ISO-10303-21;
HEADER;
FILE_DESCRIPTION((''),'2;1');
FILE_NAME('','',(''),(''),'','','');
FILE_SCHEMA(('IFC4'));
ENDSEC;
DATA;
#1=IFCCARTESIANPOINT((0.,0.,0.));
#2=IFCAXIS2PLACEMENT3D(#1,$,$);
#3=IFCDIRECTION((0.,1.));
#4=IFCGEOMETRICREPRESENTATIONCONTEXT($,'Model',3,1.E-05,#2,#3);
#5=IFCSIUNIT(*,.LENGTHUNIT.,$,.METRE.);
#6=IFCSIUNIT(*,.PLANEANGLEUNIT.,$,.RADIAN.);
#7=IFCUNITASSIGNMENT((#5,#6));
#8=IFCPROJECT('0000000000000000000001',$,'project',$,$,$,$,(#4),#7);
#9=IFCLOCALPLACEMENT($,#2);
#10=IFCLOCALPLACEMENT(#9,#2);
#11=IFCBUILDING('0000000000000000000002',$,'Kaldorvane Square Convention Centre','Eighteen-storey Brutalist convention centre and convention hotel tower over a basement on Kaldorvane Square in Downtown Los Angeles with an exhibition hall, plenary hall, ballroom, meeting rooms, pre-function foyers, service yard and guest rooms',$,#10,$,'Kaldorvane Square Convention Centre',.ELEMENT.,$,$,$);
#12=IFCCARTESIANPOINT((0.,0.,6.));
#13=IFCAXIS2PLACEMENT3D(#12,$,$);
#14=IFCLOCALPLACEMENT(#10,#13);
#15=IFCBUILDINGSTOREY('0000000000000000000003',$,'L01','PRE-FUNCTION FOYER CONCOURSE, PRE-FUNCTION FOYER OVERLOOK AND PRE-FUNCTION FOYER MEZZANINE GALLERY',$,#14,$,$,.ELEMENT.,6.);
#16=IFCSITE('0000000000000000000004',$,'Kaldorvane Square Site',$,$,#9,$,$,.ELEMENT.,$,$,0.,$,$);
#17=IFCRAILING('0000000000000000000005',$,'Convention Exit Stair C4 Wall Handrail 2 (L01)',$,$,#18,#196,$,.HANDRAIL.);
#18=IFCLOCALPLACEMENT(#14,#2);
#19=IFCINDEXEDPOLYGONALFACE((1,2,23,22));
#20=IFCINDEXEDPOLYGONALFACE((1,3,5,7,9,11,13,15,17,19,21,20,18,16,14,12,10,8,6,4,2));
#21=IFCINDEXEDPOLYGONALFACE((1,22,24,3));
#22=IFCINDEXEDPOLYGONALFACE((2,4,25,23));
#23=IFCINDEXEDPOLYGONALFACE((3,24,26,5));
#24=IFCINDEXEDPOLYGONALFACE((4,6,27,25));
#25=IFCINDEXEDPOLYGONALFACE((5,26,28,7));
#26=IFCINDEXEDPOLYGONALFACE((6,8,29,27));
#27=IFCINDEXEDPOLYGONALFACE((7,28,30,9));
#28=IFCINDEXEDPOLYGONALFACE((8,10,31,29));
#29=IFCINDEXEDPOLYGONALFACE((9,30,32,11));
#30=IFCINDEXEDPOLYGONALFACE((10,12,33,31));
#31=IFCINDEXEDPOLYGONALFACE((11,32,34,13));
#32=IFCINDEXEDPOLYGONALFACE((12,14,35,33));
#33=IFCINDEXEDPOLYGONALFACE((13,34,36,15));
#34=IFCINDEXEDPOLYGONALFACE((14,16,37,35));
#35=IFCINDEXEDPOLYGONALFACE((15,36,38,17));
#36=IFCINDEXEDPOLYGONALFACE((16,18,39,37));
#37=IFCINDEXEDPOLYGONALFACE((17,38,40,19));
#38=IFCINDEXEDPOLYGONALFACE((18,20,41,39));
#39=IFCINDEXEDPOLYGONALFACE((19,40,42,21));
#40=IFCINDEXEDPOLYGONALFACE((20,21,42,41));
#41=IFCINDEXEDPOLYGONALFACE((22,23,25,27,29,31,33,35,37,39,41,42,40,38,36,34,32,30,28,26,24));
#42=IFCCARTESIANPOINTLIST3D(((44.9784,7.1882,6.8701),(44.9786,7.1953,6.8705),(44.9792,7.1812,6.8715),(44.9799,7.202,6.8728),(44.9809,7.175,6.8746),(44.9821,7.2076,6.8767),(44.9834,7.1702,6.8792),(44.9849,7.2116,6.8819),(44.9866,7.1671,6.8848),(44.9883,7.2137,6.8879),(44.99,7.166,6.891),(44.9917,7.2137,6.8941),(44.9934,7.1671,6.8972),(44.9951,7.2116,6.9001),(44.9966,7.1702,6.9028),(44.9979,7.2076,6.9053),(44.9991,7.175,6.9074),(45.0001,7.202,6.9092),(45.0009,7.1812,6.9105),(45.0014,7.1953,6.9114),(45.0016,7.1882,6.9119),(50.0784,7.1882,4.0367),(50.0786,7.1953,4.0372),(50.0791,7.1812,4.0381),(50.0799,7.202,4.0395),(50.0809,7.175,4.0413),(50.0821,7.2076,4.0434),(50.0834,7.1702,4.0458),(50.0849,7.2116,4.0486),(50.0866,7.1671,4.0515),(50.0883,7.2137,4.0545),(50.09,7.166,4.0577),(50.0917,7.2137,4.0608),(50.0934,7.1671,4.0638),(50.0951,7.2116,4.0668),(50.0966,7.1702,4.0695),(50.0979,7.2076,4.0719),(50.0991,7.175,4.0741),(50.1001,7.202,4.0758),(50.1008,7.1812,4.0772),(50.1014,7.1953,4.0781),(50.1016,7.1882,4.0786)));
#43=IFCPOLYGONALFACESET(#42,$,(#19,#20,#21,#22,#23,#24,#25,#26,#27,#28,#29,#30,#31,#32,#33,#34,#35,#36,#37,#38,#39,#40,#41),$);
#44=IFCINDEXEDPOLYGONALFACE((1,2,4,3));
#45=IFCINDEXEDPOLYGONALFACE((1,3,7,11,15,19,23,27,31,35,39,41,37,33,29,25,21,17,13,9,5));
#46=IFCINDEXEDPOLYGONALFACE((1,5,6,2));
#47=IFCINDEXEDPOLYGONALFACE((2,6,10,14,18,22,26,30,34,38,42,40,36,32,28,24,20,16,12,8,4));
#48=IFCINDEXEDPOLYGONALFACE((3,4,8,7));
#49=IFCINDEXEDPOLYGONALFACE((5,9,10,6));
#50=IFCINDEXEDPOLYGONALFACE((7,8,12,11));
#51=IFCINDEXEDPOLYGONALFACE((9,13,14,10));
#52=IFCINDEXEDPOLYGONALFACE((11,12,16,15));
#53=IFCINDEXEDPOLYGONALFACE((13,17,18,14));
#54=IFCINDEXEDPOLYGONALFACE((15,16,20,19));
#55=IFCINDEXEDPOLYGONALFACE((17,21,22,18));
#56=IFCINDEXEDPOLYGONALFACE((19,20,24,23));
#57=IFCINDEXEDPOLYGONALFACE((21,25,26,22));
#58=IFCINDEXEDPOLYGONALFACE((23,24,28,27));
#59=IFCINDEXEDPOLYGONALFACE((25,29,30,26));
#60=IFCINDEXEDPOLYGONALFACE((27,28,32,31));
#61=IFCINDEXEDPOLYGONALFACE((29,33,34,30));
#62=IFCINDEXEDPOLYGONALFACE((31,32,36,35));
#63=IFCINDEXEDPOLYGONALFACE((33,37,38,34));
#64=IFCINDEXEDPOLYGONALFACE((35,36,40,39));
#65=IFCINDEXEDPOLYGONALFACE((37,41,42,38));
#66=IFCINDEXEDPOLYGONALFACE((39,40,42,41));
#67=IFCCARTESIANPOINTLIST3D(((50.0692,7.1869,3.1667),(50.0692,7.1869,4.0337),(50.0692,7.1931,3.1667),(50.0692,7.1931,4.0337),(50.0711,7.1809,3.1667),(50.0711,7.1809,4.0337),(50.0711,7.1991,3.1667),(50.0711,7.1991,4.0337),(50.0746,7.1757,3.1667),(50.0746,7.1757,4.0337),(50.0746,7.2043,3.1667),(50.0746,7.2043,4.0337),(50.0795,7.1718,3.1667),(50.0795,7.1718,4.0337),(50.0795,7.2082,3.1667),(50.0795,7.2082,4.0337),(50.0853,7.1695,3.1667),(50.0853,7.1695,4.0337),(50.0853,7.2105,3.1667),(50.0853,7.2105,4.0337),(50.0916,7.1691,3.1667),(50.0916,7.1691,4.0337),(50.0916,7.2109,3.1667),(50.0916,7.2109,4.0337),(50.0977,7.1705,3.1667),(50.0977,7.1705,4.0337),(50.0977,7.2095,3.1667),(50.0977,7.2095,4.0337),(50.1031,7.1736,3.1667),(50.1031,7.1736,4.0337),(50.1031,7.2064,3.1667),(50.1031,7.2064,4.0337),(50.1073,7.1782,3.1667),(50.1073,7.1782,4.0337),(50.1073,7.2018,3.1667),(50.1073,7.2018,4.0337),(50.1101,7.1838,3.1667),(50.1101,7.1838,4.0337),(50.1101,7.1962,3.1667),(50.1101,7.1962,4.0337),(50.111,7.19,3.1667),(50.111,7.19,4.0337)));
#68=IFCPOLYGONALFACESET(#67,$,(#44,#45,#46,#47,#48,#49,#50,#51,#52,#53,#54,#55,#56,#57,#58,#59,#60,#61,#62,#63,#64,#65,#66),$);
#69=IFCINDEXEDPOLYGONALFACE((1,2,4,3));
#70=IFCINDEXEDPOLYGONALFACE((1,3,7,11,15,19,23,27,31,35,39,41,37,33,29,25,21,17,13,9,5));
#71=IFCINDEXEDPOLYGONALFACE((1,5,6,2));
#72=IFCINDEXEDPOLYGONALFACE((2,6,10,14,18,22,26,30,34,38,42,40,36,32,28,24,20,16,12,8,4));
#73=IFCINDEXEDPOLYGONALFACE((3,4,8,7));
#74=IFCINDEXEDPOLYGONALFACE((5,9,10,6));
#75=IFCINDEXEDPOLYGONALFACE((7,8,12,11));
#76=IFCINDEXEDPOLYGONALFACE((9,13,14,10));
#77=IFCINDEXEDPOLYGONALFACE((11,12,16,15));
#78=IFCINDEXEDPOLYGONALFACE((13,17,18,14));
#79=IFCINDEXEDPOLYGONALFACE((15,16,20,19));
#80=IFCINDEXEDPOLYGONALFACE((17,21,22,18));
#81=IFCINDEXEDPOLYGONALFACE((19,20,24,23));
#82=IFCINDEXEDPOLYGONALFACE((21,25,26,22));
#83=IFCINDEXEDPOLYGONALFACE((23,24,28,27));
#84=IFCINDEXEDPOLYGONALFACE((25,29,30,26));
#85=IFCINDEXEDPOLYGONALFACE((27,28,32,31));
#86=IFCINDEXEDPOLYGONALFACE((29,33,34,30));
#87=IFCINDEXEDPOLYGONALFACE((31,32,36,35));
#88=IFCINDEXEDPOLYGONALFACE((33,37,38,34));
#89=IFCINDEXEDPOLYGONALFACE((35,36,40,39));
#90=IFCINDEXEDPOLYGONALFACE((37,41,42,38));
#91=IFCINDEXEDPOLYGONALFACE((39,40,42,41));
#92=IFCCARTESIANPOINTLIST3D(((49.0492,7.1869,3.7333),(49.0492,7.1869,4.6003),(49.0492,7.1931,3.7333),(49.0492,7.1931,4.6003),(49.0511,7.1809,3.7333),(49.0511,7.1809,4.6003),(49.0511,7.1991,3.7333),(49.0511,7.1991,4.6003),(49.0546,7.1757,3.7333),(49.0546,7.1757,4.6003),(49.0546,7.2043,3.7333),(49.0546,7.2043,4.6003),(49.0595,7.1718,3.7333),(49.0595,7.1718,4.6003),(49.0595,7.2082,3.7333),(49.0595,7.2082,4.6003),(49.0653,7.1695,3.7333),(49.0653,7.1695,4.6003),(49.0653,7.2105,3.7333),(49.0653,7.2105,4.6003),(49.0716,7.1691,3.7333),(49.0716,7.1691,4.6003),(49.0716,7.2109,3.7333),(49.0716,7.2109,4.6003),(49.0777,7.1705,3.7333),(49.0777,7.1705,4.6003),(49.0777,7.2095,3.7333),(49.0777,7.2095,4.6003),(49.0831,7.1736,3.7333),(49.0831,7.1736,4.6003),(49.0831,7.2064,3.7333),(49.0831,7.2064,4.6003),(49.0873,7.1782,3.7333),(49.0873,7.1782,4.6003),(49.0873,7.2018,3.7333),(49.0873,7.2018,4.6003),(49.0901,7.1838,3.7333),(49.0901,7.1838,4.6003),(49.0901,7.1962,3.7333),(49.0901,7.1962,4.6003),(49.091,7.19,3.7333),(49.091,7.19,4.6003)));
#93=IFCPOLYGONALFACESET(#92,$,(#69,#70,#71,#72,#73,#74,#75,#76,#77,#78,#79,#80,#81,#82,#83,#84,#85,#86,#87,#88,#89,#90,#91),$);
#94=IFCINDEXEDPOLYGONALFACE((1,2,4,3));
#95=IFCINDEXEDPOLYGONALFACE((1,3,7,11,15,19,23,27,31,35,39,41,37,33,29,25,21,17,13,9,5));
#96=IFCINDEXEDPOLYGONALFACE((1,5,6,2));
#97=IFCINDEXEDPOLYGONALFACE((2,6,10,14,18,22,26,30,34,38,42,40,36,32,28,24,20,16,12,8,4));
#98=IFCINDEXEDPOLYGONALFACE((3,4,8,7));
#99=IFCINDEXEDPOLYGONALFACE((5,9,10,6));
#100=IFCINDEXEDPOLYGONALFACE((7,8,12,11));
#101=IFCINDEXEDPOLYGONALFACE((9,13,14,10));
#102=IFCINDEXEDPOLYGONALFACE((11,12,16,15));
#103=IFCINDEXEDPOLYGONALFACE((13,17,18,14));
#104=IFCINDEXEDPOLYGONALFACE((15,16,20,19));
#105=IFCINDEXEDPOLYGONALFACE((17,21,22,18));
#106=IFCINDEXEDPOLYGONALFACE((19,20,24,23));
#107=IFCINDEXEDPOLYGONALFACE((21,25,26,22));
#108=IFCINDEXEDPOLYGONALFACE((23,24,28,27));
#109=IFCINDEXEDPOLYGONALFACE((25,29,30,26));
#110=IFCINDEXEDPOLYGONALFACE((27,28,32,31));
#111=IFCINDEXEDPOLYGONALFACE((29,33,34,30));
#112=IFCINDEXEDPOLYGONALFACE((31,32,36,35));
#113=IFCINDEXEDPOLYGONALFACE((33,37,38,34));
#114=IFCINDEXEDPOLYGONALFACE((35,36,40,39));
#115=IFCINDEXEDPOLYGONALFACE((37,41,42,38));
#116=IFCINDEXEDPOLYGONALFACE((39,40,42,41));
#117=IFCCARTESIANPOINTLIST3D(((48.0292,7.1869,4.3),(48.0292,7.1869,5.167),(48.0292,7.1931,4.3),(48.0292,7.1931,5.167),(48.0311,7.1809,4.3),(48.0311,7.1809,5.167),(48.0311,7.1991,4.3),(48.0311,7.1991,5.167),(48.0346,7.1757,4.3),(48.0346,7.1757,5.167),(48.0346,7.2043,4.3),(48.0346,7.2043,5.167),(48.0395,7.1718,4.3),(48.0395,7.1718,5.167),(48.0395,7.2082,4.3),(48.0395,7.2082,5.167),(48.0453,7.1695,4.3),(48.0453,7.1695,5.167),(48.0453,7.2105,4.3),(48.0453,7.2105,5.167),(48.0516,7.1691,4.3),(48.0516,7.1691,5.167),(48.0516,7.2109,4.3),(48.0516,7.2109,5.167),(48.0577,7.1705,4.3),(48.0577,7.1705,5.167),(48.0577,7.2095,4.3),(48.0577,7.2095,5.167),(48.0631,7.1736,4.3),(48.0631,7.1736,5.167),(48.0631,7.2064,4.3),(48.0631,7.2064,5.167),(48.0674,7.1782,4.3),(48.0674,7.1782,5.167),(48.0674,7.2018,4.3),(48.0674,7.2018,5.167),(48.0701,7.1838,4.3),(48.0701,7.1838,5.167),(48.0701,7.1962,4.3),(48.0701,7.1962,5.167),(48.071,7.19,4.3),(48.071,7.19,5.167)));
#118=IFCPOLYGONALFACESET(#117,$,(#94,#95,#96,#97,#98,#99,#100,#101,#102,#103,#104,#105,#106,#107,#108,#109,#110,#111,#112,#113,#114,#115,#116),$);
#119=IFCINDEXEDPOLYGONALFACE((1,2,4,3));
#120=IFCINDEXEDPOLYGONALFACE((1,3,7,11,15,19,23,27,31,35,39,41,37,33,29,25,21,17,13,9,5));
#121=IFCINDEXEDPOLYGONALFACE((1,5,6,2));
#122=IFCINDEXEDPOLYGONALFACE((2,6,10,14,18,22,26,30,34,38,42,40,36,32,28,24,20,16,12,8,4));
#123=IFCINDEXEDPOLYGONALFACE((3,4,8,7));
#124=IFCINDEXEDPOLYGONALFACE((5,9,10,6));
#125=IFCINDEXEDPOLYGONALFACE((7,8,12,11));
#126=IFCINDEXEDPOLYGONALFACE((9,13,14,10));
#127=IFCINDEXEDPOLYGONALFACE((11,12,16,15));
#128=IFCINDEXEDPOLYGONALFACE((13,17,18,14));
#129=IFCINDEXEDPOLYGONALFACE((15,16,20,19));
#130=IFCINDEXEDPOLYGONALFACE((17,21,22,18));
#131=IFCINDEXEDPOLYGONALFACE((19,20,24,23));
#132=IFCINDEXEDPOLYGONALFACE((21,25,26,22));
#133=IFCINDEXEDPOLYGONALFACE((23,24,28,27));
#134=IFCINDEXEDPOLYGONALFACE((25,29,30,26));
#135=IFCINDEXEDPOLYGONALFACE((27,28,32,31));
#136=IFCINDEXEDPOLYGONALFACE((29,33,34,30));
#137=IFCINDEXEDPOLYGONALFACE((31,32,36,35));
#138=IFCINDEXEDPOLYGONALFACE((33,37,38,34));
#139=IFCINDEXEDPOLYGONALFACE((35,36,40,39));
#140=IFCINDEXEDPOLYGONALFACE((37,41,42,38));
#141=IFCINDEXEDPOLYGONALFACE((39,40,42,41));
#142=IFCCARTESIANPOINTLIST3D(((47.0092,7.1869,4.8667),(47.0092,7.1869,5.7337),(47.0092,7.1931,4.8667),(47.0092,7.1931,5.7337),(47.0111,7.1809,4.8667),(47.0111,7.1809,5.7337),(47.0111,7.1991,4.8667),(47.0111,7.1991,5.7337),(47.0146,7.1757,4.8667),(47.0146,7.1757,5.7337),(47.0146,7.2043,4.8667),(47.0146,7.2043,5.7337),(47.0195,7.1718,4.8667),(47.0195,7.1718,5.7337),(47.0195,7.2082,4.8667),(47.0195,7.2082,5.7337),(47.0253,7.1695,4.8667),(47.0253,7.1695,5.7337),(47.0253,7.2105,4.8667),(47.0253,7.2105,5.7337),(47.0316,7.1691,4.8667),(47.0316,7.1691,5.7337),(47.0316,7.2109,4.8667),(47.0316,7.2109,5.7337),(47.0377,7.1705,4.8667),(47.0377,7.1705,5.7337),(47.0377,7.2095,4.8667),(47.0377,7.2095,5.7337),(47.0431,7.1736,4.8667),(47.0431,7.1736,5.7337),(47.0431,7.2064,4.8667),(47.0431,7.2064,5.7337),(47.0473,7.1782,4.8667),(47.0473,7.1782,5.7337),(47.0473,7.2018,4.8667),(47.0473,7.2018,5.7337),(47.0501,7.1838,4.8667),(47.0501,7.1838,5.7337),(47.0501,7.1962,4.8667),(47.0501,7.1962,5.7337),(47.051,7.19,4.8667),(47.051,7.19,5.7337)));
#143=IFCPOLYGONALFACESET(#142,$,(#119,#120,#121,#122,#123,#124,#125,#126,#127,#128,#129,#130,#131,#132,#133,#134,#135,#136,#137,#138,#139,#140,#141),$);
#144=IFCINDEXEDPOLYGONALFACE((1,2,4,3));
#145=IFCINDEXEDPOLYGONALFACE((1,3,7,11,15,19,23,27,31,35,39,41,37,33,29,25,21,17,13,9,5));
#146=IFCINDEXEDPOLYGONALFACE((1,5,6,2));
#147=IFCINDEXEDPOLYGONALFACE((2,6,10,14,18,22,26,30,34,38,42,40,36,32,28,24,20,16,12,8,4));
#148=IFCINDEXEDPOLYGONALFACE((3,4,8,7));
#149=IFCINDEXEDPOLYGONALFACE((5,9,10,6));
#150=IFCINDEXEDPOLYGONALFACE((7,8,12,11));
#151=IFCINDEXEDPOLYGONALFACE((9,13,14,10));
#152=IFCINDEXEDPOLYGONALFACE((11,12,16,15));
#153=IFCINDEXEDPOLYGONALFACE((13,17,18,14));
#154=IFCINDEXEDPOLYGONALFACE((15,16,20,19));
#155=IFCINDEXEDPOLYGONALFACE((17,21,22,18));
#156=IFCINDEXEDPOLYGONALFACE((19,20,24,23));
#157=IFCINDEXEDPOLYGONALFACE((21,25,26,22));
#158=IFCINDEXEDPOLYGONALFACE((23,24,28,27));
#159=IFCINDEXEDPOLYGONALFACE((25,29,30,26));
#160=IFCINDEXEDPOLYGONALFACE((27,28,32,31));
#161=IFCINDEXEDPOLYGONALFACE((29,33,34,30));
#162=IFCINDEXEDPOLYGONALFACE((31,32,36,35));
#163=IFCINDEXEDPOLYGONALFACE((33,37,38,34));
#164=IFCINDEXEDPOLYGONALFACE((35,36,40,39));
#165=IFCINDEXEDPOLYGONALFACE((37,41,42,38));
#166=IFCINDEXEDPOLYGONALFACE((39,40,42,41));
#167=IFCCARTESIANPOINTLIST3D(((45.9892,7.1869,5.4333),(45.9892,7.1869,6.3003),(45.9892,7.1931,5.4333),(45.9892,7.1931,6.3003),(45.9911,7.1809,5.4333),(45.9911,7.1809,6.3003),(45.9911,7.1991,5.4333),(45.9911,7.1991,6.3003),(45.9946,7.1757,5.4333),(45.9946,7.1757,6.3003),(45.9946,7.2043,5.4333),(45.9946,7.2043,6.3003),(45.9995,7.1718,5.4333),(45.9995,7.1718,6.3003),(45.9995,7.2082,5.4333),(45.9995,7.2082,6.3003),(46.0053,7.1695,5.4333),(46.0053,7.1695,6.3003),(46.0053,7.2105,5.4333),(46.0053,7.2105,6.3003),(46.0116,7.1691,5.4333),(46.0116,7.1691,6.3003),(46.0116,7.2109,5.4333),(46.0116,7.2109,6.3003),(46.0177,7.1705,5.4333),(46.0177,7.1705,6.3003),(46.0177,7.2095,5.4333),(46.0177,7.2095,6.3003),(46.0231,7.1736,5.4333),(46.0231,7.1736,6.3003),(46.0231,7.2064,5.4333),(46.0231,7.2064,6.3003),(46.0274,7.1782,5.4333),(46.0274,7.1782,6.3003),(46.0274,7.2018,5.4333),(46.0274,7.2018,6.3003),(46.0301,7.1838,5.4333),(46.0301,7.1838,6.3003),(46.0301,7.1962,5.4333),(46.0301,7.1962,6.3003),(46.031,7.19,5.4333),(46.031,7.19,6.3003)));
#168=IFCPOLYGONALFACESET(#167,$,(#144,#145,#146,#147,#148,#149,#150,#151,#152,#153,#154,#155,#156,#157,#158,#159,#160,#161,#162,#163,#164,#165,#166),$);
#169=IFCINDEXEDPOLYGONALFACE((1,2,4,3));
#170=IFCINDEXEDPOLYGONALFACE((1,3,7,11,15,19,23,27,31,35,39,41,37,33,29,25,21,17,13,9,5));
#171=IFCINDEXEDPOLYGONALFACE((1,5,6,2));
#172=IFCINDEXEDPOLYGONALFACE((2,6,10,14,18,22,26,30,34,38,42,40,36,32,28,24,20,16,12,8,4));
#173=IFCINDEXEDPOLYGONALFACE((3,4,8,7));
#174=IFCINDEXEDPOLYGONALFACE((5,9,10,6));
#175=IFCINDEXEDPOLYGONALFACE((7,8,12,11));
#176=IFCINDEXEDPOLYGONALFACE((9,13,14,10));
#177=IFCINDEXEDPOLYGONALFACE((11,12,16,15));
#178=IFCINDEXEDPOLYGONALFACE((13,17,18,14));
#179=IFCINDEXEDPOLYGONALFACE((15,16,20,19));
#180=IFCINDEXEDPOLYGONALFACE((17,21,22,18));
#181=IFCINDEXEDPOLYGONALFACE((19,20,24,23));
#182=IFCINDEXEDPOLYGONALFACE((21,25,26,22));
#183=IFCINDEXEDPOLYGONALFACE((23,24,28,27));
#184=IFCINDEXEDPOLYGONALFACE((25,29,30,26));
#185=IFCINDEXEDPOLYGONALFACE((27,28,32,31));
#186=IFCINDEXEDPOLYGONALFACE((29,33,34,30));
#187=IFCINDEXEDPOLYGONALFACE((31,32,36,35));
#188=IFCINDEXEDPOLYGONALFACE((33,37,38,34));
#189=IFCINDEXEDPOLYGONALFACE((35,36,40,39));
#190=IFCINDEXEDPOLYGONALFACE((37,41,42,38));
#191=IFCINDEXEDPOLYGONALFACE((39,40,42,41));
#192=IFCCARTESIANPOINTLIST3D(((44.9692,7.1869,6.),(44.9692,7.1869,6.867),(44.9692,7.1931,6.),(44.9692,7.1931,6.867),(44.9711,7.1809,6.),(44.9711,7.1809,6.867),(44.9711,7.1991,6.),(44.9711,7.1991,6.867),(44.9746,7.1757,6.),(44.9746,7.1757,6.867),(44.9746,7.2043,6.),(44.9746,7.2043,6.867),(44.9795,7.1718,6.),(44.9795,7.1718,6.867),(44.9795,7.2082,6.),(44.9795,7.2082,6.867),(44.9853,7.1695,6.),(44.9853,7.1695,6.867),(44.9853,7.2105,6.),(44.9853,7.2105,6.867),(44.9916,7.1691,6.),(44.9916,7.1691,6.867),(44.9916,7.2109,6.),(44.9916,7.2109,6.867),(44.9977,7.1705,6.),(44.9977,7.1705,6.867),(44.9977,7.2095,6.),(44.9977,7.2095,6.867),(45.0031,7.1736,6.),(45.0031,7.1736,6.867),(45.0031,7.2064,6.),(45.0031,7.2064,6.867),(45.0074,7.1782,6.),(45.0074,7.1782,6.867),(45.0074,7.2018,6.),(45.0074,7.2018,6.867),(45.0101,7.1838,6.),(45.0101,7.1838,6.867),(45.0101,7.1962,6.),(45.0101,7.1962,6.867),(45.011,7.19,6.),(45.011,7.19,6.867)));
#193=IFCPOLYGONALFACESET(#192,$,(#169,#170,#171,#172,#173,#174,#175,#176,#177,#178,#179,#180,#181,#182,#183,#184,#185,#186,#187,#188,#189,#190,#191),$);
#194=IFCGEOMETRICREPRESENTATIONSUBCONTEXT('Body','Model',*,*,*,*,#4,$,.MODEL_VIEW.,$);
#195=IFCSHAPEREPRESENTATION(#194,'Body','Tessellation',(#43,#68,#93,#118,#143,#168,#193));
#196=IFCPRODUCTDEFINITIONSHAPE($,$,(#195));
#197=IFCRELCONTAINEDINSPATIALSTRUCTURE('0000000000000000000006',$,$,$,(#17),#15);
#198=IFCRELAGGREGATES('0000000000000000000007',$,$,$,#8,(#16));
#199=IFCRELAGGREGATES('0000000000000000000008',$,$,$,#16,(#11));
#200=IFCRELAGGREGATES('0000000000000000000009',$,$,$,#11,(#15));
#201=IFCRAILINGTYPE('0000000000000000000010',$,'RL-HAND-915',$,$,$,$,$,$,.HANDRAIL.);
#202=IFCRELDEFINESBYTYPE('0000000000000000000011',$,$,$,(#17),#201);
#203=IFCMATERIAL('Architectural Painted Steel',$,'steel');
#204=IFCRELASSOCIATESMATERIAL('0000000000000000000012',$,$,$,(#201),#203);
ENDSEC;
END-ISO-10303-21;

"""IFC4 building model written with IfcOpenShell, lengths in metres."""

from ifc_helpers import new_model, si_unit, direction, frame, origin, origin_2d, place, context, subcontext, project, spatial, circle, extrude, material, type_object, element, save


model = new_model("IFC4")

# Units and contexts
model_context = context("Model", 3, precision=1e-05, world=origin(), true_north=direction((0.0, 1.0)))
body_context = subcontext(model_context, "Body", "Model", "MODEL_VIEW")
ifc_project = project(units=[si_unit("LENGTHUNIT", "METRE"), si_unit("PLANEANGLEUNIT", "RADIAN")], contexts=[model_context])

# Site, building, storey
site_placement = place(None, origin())
site = spatial("IfcSite", under=ifc_project, at=site_placement, Name="Kaldorvane Square Site", CompositionType="ELEMENT", RefElevation=0.0)
building_placement = place(site_placement, origin())
building = spatial("IfcBuilding", under=site, at=building_placement, Name="Kaldorvane Square Convention Centre", Description="Eighteen-storey Brutalist convention centre and convention hotel tower over a basement on Kaldorvane Square in Downtown Los Angeles with an exhibition hall, plenary hall, ballroom, meeting rooms, pre-function foyers, service yard and guest rooms", LongName="Kaldorvane Square Convention Centre", CompositionType="ELEMENT")
storey_placement = place(building_placement, frame((0.0, 0.0, 6.0)))
storey = spatial("IfcBuildingStorey", under=building, at=storey_placement, Name="L01", Description="PRE-FUNCTION FOYER CONCOURSE, PRE-FUNCTION FOYER OVERLOOK AND PRE-FUNCTION FOYER MEZZANINE GALLERY", CompositionType="ELEMENT", Elevation=6.0)

# Railing
ifc_material_1 = material(Name="Architectural Painted Steel", Category="steel")
railing_type_1 = type_object("IfcRailingType", Name="RL-HAND-915", PredefinedType="HANDRAIL", material=ifc_material_1)
railing_1_placement = place(storey_placement, frame((50.09, 7.19, 3.1667)))
element("IfcRailing", 1, at=railing_1_placement, inside=storey, type_object=railing_type_1, Name="Convention Exit Stair C4 Wall Handrail 2 (L01)", PredefinedType="HANDRAIL", context=body_context, shape_type="SweptSolid", body=[
    extrude(circle(Radius=0.024, at=origin_2d()), frame((0.0, 0.0, 0.891), z_axis=(-0.874157, 0.0, 0.485643), x_axis=(0.0, -1.0, 0.0)), (0.0, 0.0, 1.0), 5.8342),
    extrude(circle(Radius=0.021, at=origin_2d()), origin(), (0.0, 0.0, 1.0), 0.867),
    extrude(circle(Radius=0.021, at=origin_2d()), frame((-1.02, 0.0, 0.5667)), (0.0, 0.0, 1.0), 0.867),
    extrude(circle(Radius=0.021, at=origin_2d()), frame((-2.04, 0.0, 1.1333)), (0.0, 0.0, 1.0), 0.867),
    extrude(circle(Radius=0.021, at=origin_2d()), frame((-3.06, 0.0, 1.7)), (0.0, 0.0, 1.0), 0.867),
    extrude(circle(Radius=0.021, at=origin_2d()), frame((-4.08, 0.0, 2.2667)), (0.0, 0.0, 1.0), 0.867),
    extrude(circle(Radius=0.021, at=origin_2d()), frame((-5.1, 0.0, 2.8333)), (0.0, 0.0, 1.0), 0.867),
])

save(model, "model.ifc")
